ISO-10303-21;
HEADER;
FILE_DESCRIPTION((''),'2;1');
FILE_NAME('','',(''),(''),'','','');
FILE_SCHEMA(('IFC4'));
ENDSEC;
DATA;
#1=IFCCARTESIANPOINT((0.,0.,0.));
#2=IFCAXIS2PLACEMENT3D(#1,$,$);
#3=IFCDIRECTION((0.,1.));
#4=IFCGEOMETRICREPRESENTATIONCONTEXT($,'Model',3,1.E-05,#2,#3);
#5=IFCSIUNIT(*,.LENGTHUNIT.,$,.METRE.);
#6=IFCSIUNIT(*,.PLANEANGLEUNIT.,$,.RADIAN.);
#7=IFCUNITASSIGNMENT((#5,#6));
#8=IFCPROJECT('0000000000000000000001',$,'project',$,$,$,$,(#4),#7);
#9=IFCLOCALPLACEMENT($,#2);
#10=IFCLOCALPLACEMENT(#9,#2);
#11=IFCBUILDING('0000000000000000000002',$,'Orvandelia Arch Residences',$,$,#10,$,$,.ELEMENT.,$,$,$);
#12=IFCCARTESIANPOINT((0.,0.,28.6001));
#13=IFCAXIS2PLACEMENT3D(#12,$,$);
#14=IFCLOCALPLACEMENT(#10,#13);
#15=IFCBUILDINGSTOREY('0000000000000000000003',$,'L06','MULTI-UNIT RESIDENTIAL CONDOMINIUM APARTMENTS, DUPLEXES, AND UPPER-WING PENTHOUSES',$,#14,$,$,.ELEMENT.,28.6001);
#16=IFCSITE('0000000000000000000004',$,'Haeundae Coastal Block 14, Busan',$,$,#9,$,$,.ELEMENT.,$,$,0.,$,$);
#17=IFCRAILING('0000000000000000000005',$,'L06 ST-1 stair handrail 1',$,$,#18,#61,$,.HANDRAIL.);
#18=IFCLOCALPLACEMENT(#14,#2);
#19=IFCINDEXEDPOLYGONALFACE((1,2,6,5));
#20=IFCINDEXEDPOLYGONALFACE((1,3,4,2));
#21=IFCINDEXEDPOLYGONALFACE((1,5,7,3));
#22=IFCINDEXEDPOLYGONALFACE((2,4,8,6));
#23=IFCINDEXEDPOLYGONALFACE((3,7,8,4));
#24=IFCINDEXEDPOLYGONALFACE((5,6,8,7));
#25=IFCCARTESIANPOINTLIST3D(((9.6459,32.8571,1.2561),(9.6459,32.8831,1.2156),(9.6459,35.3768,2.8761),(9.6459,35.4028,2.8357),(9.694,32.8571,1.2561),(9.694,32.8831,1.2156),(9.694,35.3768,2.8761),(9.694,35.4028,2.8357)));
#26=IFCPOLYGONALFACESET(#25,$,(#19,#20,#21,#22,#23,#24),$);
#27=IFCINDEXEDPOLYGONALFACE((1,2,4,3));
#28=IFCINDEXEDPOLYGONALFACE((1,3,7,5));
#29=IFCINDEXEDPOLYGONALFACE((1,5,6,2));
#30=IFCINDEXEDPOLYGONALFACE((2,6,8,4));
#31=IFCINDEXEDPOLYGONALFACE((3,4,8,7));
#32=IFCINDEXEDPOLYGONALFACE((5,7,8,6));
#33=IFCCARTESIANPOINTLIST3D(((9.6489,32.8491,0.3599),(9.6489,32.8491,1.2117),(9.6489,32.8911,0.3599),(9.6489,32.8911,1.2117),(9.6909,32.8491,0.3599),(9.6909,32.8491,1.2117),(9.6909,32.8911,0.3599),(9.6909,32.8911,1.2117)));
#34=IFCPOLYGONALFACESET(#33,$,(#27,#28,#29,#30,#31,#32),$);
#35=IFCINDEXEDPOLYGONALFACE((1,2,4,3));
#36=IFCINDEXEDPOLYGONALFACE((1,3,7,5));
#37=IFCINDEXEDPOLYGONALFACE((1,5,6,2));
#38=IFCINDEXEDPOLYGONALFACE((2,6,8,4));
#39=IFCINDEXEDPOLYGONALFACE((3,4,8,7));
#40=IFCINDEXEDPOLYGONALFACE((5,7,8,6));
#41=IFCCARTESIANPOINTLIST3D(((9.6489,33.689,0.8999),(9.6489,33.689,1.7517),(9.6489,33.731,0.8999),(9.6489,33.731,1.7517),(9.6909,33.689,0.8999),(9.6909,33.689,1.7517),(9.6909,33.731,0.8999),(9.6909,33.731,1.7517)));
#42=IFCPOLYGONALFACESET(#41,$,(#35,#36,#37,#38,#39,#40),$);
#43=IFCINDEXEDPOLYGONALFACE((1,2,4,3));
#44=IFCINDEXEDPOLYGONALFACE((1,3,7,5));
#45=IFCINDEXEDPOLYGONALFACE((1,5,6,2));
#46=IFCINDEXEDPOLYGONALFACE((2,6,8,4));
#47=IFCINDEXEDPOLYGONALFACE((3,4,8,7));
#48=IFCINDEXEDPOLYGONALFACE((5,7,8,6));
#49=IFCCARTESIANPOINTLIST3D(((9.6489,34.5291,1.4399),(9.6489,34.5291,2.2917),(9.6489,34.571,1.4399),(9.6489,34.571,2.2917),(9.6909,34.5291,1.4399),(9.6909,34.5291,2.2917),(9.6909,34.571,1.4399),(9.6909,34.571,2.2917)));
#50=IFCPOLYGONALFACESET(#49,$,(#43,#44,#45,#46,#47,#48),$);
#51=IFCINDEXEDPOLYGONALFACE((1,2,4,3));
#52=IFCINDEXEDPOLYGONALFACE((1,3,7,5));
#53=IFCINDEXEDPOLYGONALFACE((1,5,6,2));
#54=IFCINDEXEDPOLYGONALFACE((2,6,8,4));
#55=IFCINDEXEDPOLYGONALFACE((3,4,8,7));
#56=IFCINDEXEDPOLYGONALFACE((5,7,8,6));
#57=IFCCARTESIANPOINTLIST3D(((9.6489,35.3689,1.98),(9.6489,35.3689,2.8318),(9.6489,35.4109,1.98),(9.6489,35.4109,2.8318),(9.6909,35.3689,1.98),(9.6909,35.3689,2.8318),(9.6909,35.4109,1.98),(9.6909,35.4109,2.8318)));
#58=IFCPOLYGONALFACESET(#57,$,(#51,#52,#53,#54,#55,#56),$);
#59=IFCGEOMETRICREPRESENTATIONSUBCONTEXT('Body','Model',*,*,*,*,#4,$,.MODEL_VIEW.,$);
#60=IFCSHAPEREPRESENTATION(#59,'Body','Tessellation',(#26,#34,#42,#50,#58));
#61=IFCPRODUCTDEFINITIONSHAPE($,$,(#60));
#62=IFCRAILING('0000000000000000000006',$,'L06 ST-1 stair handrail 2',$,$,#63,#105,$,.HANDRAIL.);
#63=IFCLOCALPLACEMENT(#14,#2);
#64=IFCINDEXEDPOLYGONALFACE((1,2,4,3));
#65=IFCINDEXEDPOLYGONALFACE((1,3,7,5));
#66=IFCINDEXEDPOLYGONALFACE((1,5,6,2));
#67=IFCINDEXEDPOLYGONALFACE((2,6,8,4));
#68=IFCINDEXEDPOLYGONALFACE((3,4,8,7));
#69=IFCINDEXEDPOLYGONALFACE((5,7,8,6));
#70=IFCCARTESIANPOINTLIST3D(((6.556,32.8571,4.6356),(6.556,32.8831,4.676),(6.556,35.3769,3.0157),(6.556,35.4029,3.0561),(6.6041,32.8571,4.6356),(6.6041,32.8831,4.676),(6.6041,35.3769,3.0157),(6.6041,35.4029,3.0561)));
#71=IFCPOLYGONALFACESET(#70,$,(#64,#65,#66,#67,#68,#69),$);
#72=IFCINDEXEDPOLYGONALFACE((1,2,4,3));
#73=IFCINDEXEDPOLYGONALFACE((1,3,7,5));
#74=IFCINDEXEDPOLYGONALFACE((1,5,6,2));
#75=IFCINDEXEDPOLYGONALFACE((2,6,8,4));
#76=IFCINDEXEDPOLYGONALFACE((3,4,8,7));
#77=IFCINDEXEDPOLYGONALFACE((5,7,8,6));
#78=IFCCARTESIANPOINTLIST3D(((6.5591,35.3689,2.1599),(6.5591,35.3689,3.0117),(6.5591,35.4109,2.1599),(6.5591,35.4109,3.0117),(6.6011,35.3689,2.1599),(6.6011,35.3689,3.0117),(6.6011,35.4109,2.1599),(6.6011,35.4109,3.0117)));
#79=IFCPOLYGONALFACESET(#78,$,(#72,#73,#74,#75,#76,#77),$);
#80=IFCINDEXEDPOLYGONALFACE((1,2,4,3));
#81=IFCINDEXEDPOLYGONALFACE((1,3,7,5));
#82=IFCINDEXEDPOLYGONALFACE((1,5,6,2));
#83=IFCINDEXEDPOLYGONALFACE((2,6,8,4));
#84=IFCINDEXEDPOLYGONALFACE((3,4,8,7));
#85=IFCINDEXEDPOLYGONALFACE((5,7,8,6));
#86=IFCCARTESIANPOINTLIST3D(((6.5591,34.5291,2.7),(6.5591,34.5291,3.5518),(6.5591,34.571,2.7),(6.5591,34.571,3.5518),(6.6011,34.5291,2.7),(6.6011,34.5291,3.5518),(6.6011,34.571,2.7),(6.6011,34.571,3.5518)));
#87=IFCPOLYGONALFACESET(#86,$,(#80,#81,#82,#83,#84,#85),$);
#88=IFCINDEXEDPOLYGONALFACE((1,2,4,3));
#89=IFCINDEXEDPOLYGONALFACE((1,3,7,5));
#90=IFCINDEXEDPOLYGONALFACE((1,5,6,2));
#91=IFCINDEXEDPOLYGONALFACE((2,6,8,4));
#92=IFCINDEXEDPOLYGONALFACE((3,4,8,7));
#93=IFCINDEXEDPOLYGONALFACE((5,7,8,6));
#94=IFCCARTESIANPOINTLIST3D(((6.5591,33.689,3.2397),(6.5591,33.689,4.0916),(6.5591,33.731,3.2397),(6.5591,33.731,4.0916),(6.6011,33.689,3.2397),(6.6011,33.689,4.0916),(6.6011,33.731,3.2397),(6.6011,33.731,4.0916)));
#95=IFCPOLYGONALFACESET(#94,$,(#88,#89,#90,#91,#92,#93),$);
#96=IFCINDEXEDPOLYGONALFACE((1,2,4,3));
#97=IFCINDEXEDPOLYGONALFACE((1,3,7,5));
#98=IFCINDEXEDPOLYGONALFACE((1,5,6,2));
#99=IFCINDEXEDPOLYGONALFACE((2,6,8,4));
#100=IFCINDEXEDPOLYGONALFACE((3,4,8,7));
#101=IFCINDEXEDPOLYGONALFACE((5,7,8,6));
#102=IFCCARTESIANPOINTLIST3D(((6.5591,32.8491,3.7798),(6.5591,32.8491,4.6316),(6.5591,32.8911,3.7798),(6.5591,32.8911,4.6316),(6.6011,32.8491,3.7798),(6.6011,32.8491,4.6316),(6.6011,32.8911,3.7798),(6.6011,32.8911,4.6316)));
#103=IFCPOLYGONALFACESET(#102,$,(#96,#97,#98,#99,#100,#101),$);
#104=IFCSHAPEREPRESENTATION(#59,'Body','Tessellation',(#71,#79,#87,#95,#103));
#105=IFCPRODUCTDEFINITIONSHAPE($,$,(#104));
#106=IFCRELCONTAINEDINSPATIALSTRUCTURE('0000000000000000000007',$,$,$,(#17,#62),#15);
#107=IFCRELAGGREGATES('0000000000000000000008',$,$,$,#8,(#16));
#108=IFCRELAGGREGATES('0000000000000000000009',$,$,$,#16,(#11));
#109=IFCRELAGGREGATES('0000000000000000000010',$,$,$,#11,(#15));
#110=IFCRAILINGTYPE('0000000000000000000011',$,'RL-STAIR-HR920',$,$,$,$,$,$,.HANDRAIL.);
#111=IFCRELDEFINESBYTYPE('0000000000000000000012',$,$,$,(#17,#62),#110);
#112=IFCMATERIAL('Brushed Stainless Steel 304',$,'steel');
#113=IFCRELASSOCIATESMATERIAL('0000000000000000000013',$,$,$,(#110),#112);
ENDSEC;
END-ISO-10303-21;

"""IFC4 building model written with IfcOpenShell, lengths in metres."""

from ifc_helpers import new_model, si_unit, direction, frame, origin, origin_2d, place, context, subcontext, project, spatial, rectangle, extrude, material, type_object, element, save


model = new_model("IFC4")

# Units and contexts
model_context = context("Model", 3, precision=1e-05, world=origin(), true_north=direction((0.0, 1.0)))
body_context = subcontext(model_context, "Body", "Model", "MODEL_VIEW")
ifc_project = project(units=[si_unit("LENGTHUNIT", "METRE"), si_unit("PLANEANGLEUNIT", "RADIAN")], contexts=[model_context])

# Site, building, storey
site_placement = place(None, origin())
site = spatial("IfcSite", under=ifc_project, at=site_placement, Name="Haeundae Coastal Block 14, Busan", CompositionType="ELEMENT", RefElevation=0.0)
building_placement = place(site_placement, origin())
building = spatial("IfcBuilding", under=site, at=building_placement, Name="Orvandelia Arch Residences", CompositionType="ELEMENT")
storey_placement = place(building_placement, frame((0.0, 0.0, 28.6001)))
storey = spatial("IfcBuildingStorey", under=building, at=storey_placement, Name="L06", Description="MULTI-UNIT RESIDENTIAL CONDOMINIUM APARTMENTS, DUPLEXES, AND UPPER-WING PENTHOUSES", CompositionType="ELEMENT", Elevation=28.6001)

# Railings
ifc_material_1 = material(Name="Brushed Stainless Steel 304", Category="steel")
railing_type_1 = type_object("IfcRailingType", Name="RL-STAIR-HR920", PredefinedType="HANDRAIL", material=ifc_material_1)
railing_1_placement = place(storey_placement, frame((9.6699, 32.8701, 0.3599)))
element("IfcRailing", 1, at=railing_1_placement, inside=storey, type_object=railing_type_1, Name="L06 ST-1 stair handrail 1", PredefinedType="HANDRAIL", context=body_context, shape_type="SweptSolid", body=[
    extrude(rectangle(XDim=0.0481, YDim=0.0481, at=origin_2d()), frame((0.0, 0.0, 0.876), z_axis=(0.0, 0.841139, 0.540819), x_axis=(-1.0, 0.0, 0.0)), (0.0, 0.0, 1.0), 2.9956),
    extrude(rectangle(XDim=0.042, YDim=0.042, at=origin_2d()), origin(), (0.0, 0.0, 1.0), 0.8518),
    extrude(rectangle(XDim=0.042, YDim=0.042, at=origin_2d()), frame((0.0, 0.8398, 0.54)), (0.0, 0.0, 1.0), 0.8518),
    extrude(rectangle(XDim=0.042, YDim=0.042, at=origin_2d()), frame((0.0, 1.6799, 1.0801)), (0.0, 0.0, 1.0), 0.8518),
    extrude(rectangle(XDim=0.042, YDim=0.042, at=origin_2d()), frame((0.0, 2.5198, 1.6201)), (0.0, 0.0, 1.0), 0.8518),
])
railing_2_placement = place(storey_placement, frame((6.5801, 35.3899, 2.1599)))
element("IfcRailing", 2, at=railing_2_placement, inside=storey, type_object=railing_type_1, Name="L06 ST-1 stair handrail 2", PredefinedType="HANDRAIL", context=body_context, shape_type="SweptSolid", body=[
    extrude(rectangle(XDim=0.0481, YDim=0.0481, at=origin_2d()), frame((0.0, 0.0, 0.876), z_axis=(0.0, -0.841176, 0.540762), x_axis=(1.0, 0.0, 0.0)), (0.0, 0.0, 1.0), 2.9956),
    extrude(rectangle(XDim=0.042, YDim=0.042, at=origin_2d()), origin(), (0.0, 0.0, 1.0), 0.8518),
    extrude(rectangle(XDim=0.042, YDim=0.042, at=origin_2d()), frame((0.0, -0.8398, 0.54)), (0.0, 0.0, 1.0), 0.8518),
    extrude(rectangle(XDim=0.042, YDim=0.042, at=origin_2d()), frame((0.0, -1.6799, 1.0798)), (0.0, 0.0, 1.0), 0.8518),
    extrude(rectangle(XDim=0.042, YDim=0.042, at=origin_2d()), frame((0.0, -2.5198, 1.6199)), (0.0, 0.0, 1.0), 0.8518),
])

save(model, "model.ifc")
